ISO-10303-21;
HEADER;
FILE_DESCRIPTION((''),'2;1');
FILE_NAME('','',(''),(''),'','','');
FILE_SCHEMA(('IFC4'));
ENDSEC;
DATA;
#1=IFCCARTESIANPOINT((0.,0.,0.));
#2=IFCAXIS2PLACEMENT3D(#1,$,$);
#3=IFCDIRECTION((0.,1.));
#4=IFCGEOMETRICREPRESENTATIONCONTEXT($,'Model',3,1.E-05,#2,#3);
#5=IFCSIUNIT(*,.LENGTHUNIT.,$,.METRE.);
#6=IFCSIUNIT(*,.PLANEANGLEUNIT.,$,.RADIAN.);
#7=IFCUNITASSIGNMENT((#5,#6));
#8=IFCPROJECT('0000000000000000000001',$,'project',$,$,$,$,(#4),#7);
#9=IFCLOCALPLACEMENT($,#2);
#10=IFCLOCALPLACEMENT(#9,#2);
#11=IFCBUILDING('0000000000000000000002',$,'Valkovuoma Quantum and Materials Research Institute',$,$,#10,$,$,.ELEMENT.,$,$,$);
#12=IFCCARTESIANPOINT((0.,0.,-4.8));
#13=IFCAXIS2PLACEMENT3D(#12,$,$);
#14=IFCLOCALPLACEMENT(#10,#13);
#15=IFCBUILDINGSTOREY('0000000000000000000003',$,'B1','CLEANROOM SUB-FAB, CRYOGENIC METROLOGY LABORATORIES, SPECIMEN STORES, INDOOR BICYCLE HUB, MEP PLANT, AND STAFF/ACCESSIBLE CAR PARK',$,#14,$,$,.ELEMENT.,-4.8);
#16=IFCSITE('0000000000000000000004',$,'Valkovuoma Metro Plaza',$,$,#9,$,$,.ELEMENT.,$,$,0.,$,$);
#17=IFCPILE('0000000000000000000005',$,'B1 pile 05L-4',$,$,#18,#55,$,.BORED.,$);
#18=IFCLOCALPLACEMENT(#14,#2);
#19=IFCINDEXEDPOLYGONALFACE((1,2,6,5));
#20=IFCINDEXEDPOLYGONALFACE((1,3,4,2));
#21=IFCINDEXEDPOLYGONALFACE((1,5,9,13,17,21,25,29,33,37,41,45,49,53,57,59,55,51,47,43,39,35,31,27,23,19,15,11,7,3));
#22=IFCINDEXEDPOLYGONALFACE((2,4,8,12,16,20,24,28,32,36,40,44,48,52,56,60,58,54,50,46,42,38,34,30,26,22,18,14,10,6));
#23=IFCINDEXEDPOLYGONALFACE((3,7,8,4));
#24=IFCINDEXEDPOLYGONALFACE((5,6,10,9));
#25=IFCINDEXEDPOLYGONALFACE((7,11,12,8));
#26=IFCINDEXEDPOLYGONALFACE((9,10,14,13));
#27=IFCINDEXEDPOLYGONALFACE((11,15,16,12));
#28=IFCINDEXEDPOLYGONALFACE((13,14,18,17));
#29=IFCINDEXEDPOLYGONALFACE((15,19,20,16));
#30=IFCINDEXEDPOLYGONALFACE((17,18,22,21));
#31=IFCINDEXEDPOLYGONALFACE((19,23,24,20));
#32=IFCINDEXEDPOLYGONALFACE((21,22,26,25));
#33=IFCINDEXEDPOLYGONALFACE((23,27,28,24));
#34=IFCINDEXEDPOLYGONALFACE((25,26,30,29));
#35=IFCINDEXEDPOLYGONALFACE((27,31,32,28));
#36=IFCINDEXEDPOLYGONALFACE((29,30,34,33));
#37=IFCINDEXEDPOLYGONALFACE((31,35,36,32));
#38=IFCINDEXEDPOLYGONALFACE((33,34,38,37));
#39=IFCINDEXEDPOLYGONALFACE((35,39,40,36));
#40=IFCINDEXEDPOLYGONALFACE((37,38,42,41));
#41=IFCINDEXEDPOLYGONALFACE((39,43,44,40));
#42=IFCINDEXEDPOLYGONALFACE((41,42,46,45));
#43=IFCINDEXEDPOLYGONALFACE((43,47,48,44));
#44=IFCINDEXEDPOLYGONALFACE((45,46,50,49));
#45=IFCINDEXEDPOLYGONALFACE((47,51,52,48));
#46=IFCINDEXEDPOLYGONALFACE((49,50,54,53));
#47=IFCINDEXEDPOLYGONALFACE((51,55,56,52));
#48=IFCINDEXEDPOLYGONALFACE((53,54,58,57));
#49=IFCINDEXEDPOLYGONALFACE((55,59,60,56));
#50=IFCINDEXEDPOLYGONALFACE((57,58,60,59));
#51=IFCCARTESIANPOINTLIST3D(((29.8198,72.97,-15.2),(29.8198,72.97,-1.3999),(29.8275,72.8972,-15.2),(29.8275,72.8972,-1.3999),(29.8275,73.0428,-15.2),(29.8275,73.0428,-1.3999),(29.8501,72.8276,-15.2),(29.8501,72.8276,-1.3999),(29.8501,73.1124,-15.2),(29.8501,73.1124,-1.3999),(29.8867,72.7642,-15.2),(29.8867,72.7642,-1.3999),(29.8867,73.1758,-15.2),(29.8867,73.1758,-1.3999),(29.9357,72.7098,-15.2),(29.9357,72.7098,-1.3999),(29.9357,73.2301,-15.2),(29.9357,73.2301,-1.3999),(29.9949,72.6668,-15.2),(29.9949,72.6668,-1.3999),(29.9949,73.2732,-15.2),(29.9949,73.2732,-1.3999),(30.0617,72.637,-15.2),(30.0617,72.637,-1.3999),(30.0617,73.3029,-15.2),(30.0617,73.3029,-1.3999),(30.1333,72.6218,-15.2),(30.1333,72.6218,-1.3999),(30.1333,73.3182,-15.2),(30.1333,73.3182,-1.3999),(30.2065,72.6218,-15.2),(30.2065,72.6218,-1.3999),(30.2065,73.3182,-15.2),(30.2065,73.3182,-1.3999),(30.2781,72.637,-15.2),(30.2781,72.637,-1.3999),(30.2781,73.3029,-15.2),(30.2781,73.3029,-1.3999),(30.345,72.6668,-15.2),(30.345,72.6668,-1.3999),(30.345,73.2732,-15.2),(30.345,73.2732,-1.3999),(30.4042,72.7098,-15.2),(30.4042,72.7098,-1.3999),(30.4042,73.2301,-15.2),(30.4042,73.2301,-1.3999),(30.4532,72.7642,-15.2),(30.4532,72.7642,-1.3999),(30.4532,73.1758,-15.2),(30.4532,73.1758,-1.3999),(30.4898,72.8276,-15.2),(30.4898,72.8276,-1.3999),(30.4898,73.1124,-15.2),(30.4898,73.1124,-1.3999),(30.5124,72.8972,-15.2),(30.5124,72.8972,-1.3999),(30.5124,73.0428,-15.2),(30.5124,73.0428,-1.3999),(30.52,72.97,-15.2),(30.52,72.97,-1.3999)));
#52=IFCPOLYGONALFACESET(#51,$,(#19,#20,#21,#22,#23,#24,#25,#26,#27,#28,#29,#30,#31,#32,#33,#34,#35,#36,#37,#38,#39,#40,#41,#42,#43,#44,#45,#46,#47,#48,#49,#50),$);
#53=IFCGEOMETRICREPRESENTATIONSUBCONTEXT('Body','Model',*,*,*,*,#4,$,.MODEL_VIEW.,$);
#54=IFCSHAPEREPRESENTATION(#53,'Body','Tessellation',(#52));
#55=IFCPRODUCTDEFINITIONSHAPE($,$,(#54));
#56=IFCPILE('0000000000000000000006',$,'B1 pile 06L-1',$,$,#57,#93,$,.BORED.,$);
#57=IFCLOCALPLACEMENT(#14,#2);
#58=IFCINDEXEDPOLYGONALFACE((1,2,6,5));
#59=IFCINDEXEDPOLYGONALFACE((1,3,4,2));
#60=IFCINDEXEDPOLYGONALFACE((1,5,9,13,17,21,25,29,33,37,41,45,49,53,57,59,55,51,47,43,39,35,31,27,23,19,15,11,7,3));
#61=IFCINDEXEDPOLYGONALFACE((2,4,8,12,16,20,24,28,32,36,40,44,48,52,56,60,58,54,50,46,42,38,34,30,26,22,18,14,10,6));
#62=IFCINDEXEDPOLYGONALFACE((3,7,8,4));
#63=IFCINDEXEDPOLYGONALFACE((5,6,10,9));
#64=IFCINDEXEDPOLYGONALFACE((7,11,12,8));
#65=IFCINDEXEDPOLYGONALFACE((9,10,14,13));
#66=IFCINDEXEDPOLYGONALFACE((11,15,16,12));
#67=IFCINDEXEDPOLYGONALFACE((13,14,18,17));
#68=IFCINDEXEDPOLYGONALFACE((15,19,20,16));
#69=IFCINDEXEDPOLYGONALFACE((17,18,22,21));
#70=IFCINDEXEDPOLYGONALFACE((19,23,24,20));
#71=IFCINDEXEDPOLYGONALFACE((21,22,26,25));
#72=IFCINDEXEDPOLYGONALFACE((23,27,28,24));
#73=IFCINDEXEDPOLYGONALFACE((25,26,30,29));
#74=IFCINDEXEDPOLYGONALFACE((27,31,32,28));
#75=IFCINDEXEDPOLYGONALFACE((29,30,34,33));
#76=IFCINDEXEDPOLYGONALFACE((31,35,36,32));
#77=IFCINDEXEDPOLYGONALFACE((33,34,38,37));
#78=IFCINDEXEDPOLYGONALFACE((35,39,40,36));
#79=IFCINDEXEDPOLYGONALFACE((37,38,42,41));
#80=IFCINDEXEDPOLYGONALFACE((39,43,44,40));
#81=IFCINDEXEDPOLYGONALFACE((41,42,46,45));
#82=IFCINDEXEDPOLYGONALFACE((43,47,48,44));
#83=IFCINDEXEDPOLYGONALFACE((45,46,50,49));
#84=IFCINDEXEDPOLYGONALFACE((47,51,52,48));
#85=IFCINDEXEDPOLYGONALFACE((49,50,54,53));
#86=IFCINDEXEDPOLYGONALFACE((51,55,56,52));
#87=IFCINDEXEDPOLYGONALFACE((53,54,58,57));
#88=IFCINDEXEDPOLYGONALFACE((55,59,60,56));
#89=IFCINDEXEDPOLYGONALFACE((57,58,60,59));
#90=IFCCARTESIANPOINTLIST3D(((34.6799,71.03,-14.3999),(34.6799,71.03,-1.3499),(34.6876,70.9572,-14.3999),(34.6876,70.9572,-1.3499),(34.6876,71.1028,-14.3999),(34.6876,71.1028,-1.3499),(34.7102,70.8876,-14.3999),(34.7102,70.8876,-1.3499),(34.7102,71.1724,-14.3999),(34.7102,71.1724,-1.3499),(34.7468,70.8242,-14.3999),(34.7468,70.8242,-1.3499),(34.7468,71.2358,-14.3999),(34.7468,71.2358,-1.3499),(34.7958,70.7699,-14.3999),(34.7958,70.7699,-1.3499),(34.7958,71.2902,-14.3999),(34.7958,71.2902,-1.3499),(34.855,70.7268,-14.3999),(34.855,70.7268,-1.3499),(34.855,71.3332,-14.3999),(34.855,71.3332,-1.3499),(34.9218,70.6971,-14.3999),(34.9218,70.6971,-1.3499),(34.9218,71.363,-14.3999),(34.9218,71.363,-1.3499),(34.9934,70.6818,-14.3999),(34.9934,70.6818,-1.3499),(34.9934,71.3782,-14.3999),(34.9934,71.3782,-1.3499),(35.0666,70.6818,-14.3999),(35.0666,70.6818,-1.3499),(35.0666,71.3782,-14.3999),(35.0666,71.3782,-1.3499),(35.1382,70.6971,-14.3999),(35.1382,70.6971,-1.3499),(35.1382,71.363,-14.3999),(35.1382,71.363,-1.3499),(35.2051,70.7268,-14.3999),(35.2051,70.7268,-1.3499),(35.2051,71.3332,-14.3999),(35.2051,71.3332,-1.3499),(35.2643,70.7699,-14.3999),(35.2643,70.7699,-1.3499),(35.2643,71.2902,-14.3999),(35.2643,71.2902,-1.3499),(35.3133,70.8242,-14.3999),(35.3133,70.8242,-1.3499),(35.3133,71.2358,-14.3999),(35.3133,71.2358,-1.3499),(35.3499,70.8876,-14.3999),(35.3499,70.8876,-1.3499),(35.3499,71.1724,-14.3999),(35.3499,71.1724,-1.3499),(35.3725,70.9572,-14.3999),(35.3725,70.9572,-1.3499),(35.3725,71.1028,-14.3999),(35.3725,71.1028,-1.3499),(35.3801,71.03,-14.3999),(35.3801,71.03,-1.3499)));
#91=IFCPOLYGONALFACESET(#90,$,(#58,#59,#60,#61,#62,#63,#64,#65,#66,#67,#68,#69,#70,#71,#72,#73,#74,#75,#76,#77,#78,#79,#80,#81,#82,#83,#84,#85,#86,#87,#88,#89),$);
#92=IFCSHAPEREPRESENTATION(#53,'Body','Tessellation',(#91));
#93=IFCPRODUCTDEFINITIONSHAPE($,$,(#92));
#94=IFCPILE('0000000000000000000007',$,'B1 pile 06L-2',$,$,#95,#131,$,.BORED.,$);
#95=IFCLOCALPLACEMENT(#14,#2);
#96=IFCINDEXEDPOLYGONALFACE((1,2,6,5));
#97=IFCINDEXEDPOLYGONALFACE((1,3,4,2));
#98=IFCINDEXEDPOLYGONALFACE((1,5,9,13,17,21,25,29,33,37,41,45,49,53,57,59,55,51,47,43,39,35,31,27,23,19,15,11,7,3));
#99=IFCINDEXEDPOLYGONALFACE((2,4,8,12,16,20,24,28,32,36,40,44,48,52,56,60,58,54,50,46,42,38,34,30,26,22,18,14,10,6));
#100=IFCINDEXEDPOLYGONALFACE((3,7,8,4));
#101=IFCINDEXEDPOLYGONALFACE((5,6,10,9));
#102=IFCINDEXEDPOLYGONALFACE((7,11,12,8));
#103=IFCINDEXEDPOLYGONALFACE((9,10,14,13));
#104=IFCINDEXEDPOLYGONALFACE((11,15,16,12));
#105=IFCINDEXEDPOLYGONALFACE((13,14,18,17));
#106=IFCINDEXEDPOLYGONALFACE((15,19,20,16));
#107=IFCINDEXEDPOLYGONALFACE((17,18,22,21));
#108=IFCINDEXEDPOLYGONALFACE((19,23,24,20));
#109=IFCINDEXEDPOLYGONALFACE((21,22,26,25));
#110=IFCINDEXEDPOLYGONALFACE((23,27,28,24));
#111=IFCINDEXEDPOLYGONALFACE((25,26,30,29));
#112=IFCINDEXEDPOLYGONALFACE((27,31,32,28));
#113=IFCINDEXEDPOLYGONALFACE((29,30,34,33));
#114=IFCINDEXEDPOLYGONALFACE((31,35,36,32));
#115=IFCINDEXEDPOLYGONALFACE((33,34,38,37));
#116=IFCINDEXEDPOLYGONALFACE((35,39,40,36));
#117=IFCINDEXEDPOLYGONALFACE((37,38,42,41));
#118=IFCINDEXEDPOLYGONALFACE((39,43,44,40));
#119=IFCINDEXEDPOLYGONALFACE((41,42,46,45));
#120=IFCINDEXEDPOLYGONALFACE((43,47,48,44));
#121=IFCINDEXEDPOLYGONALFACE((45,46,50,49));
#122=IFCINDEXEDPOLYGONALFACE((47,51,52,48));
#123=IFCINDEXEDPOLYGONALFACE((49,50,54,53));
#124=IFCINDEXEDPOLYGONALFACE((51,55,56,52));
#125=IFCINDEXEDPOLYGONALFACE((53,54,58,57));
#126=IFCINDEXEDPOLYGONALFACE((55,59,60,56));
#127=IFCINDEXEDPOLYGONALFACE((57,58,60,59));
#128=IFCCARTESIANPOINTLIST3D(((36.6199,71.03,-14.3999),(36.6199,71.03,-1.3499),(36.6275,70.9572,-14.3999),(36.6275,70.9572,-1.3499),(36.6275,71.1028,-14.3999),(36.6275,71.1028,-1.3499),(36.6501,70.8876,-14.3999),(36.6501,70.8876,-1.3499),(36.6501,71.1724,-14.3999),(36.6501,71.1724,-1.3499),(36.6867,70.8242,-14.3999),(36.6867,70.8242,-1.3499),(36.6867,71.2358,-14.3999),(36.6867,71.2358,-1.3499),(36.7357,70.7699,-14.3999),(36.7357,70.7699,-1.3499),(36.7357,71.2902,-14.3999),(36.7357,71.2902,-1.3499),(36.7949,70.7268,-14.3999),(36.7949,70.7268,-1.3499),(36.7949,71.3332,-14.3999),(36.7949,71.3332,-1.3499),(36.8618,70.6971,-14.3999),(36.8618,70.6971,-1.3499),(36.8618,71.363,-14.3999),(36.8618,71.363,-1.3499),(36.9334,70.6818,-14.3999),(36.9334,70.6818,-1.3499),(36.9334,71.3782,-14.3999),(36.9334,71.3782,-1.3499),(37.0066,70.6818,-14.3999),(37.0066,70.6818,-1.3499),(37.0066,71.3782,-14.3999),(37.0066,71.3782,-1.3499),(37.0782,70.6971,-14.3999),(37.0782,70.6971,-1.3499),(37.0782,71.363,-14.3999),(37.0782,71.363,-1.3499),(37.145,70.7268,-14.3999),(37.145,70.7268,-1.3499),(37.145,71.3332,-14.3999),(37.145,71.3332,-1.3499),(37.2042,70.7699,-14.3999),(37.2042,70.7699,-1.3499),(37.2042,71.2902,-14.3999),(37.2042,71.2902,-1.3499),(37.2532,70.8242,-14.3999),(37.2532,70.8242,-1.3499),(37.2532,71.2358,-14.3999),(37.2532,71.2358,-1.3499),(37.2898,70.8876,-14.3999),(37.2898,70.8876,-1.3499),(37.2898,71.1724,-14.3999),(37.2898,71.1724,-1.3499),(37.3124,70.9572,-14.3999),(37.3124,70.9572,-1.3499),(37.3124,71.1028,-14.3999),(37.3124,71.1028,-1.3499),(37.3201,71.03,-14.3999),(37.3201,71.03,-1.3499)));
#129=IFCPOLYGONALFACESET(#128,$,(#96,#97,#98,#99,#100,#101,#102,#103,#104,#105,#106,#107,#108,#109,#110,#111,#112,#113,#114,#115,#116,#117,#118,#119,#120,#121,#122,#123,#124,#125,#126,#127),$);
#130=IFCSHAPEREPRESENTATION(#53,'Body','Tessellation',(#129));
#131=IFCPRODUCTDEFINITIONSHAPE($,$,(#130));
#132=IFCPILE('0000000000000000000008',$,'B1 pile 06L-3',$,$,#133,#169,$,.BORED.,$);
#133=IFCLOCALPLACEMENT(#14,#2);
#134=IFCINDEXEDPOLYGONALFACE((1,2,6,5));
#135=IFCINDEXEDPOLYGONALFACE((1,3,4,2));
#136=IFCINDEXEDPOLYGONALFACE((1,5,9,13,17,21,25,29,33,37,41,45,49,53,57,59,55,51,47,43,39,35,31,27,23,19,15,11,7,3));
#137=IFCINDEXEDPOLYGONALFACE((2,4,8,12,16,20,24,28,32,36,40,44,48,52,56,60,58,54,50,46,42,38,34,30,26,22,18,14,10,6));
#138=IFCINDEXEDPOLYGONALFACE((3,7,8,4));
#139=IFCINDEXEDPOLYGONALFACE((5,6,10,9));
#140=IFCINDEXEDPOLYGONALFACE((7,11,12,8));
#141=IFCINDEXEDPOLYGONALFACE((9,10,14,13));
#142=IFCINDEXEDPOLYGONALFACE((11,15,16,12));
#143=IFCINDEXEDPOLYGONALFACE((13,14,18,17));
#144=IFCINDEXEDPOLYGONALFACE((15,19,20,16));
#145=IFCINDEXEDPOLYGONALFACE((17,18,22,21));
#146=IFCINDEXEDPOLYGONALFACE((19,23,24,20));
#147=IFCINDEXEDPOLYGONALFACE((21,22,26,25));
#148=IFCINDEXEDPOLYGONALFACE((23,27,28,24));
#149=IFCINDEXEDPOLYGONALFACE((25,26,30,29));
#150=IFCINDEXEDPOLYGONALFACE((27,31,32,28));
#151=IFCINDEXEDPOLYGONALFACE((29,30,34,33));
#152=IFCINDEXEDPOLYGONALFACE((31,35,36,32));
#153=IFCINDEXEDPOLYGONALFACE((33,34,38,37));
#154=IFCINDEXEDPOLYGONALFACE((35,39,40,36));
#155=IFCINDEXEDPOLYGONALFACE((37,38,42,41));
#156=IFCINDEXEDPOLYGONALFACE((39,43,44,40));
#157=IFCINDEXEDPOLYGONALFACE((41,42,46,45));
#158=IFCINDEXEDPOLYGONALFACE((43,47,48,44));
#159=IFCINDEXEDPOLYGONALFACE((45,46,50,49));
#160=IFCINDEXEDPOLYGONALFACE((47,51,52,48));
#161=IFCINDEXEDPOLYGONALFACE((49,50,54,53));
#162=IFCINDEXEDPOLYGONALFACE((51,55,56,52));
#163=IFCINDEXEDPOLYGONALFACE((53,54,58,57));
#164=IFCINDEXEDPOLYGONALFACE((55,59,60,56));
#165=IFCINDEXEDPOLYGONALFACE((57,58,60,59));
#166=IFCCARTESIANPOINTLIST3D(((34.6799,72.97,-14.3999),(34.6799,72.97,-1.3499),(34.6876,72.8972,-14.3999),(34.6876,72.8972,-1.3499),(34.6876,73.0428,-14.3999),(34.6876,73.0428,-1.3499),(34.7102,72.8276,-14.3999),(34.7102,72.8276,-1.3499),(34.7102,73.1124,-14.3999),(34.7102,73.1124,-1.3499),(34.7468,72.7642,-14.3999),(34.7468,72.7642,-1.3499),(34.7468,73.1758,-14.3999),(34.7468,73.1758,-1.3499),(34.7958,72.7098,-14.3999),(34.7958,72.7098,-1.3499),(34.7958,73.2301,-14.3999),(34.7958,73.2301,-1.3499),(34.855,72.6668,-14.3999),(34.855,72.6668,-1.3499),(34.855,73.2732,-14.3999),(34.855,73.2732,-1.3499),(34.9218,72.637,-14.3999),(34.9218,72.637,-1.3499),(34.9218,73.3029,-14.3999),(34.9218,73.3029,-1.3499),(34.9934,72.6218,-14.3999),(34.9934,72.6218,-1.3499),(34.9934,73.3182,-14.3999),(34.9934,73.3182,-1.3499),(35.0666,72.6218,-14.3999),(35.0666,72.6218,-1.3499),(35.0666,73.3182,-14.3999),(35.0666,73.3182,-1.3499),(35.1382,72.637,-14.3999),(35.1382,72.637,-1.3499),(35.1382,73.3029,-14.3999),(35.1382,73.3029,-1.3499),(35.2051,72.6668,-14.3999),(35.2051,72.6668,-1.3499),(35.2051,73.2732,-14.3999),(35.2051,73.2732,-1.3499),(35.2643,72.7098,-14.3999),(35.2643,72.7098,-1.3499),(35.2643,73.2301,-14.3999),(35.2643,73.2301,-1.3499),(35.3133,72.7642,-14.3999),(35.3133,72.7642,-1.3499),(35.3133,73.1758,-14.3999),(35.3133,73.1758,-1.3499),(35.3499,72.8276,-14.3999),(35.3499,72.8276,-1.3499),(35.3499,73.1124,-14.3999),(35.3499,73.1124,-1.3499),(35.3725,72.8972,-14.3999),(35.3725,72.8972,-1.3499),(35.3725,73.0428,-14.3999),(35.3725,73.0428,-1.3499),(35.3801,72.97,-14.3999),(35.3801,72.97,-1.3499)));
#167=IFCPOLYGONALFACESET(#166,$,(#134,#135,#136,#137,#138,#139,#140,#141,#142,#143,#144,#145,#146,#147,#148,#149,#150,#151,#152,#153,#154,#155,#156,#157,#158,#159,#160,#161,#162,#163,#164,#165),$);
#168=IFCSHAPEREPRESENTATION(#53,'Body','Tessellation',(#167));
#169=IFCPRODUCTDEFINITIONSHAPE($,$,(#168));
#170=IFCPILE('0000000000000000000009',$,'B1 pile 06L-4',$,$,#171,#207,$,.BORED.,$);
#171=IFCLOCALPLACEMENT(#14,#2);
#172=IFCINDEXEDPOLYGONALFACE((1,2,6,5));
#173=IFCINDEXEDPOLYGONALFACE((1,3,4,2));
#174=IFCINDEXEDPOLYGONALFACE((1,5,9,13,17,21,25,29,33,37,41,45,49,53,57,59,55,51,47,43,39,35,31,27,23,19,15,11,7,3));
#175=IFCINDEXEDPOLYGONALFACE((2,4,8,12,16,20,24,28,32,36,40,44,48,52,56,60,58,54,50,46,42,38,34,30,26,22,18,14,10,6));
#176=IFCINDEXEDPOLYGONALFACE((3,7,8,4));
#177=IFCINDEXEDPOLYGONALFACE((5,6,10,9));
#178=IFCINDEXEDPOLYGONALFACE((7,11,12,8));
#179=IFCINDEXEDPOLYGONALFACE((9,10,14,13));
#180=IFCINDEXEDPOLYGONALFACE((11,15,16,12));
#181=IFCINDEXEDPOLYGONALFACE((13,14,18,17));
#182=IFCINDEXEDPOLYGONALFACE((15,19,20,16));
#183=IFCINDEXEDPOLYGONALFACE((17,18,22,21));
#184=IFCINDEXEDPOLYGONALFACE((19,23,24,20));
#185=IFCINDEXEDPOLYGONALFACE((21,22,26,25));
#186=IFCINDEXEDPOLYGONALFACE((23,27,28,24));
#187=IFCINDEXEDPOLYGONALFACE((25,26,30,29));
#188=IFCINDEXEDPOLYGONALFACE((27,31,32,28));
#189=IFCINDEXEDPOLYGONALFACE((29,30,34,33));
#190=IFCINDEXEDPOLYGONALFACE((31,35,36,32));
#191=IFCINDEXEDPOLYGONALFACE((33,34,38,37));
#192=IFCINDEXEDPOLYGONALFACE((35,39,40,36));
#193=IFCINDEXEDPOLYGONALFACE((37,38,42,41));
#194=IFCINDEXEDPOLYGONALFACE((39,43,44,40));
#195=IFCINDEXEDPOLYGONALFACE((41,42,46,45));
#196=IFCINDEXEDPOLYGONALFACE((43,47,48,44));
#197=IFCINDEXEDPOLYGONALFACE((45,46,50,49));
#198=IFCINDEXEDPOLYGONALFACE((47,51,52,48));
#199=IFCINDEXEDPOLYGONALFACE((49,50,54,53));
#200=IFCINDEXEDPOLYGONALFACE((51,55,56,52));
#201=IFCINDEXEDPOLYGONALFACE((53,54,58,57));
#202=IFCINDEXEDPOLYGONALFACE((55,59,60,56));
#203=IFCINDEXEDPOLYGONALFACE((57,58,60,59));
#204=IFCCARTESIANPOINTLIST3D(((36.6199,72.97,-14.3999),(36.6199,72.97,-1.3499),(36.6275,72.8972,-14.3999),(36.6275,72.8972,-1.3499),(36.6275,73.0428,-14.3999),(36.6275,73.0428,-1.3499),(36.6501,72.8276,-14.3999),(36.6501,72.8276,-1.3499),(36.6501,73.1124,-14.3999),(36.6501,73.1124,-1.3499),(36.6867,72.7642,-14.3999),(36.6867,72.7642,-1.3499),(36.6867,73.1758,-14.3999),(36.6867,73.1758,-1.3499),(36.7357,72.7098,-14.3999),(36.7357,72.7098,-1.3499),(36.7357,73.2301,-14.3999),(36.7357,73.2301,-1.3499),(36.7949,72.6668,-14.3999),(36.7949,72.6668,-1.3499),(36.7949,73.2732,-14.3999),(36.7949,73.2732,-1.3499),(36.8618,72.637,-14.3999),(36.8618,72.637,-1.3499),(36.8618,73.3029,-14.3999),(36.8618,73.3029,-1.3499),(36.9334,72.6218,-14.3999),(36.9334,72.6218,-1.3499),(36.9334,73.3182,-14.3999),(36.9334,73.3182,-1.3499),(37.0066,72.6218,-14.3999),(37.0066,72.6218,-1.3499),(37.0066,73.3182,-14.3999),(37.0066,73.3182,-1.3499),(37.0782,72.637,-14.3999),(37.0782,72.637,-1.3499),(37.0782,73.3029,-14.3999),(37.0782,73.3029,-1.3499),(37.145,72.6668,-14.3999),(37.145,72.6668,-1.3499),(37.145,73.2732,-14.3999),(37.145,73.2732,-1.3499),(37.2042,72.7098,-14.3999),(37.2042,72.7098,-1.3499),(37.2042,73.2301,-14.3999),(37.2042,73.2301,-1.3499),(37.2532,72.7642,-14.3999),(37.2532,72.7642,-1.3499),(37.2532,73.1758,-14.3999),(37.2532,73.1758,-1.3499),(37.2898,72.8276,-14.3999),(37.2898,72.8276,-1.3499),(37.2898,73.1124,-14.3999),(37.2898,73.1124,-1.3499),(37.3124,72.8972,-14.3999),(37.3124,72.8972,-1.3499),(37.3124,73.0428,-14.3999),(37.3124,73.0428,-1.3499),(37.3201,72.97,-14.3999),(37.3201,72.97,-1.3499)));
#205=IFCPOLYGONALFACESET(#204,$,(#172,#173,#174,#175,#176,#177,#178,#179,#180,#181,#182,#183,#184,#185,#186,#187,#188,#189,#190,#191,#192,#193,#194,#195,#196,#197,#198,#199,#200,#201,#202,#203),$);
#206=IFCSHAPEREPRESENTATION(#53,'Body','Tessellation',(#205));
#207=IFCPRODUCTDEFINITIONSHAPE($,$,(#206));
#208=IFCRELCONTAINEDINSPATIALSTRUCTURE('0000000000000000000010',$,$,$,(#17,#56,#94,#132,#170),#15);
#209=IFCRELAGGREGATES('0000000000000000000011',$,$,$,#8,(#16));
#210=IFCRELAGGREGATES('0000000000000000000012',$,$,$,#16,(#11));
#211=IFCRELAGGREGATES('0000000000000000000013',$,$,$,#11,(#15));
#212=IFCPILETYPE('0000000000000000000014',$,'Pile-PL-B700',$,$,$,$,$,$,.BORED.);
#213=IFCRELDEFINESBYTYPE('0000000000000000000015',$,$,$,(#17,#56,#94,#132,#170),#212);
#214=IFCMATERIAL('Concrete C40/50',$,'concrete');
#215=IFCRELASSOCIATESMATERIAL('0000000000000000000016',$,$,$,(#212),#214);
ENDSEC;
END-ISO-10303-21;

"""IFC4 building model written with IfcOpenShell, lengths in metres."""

from ifc_helpers import new_model, si_unit, direction, frame, origin, origin_2d, place, context, subcontext, project, spatial, circle, extrude, material, material_profile, profile_set, type_object, element, save


model = new_model("IFC4")

# Units and contexts
model_context = context("Model", 3, precision=1e-05, world=origin(), true_north=direction((0.0, 1.0)))
body_context = subcontext(model_context, "Body", "Model", "MODEL_VIEW")
ifc_project = project(units=[si_unit("LENGTHUNIT", "METRE"), si_unit("PLANEANGLEUNIT", "RADIAN")], contexts=[model_context])

# Site, building, storey
site_placement = place(None, origin())
site = spatial("IfcSite", under=ifc_project, at=site_placement, Name="Valkovuoma Metro Plaza", CompositionType="ELEMENT", RefElevation=0.0)
building_placement = place(site_placement, origin())
building = spatial("IfcBuilding", under=site, at=building_placement, Name="Valkovuoma Quantum and Materials Research Institute", CompositionType="ELEMENT")
storey_placement = place(building_placement, frame((0.0, 0.0, -4.8)))
storey = spatial("IfcBuildingStorey", under=building, at=storey_placement, Name="B1", Description="CLEANROOM SUB-FAB, CRYOGENIC METROLOGY LABORATORIES, SPECIMEN STORES, INDOOR BICYCLE HUB, MEP PLANT, AND STAFF/ACCESSIBLE CAR PARK", CompositionType="ELEMENT", Elevation=-4.8)

# Piles
ifc_material_1 = material(Name="Concrete C40/50", Category="concrete")
ifc_material_profile_1 = material_profile(ifc_material_1, circle(Radius=0.3501, at=origin_2d()), Name="Concrete C40/50")
ifc_profile_set_1 = profile_set([ifc_material_profile_1], Name="Concrete C40/50")
pile_type_1 = type_object("IfcPileType", Name="Pile-PL-B700", PredefinedType="BORED", material=ifc_profile_set_1)
for number, where, z_axis, x_axis, name in (
    (1, (30.1699, 72.97, -1.3999), (0.0, 0.0, -1.0), (1.0, 0.0, 0.0), "B1 pile 05L-4"),
):
    element("IfcPile", number, at=place(storey_placement, frame(where, z_axis=z_axis, x_axis=x_axis)), inside=storey, type_object=pile_type_1, Name=name, PredefinedType="BORED", context=body_context, shape_type="SweptSolid", body=[
        extrude(circle(Radius=0.3501, at=origin_2d()), origin(), (0.0, 0.0, 1.0), 13.8),
    ])
for number, where, z_axis, x_axis, name in (
    (2, (35.03, 71.03, -1.3499), (0.0, 0.0, -1.0), (1.0, 0.0, 0.0), "B1 pile 06L-1"),
    (3, (36.97, 71.03, -1.3499), (0.0, 0.0, -1.0), (1.0, 0.0, 0.0), "B1 pile 06L-2"),
    (4, (35.03, 72.97, -1.3499), (0.0, 0.0, -1.0), (1.0, 0.0, 0.0), "B1 pile 06L-3"),
    (5, (36.97, 72.97, -1.3499), (0.0, 0.0, -1.0), (1.0, 0.0, 0.0), "B1 pile 06L-4"),
):
    element("IfcPile", number, at=place(storey_placement, frame(where, z_axis=z_axis, x_axis=x_axis)), inside=storey, type_object=pile_type_1, Name=name, PredefinedType="BORED", context=body_context, shape_type="SweptSolid", body=[
        extrude(circle(Radius=0.3501, at=origin_2d()), origin(), (0.0, 0.0, 1.0), 13.05),
    ])

save(model, "model.ifc")
